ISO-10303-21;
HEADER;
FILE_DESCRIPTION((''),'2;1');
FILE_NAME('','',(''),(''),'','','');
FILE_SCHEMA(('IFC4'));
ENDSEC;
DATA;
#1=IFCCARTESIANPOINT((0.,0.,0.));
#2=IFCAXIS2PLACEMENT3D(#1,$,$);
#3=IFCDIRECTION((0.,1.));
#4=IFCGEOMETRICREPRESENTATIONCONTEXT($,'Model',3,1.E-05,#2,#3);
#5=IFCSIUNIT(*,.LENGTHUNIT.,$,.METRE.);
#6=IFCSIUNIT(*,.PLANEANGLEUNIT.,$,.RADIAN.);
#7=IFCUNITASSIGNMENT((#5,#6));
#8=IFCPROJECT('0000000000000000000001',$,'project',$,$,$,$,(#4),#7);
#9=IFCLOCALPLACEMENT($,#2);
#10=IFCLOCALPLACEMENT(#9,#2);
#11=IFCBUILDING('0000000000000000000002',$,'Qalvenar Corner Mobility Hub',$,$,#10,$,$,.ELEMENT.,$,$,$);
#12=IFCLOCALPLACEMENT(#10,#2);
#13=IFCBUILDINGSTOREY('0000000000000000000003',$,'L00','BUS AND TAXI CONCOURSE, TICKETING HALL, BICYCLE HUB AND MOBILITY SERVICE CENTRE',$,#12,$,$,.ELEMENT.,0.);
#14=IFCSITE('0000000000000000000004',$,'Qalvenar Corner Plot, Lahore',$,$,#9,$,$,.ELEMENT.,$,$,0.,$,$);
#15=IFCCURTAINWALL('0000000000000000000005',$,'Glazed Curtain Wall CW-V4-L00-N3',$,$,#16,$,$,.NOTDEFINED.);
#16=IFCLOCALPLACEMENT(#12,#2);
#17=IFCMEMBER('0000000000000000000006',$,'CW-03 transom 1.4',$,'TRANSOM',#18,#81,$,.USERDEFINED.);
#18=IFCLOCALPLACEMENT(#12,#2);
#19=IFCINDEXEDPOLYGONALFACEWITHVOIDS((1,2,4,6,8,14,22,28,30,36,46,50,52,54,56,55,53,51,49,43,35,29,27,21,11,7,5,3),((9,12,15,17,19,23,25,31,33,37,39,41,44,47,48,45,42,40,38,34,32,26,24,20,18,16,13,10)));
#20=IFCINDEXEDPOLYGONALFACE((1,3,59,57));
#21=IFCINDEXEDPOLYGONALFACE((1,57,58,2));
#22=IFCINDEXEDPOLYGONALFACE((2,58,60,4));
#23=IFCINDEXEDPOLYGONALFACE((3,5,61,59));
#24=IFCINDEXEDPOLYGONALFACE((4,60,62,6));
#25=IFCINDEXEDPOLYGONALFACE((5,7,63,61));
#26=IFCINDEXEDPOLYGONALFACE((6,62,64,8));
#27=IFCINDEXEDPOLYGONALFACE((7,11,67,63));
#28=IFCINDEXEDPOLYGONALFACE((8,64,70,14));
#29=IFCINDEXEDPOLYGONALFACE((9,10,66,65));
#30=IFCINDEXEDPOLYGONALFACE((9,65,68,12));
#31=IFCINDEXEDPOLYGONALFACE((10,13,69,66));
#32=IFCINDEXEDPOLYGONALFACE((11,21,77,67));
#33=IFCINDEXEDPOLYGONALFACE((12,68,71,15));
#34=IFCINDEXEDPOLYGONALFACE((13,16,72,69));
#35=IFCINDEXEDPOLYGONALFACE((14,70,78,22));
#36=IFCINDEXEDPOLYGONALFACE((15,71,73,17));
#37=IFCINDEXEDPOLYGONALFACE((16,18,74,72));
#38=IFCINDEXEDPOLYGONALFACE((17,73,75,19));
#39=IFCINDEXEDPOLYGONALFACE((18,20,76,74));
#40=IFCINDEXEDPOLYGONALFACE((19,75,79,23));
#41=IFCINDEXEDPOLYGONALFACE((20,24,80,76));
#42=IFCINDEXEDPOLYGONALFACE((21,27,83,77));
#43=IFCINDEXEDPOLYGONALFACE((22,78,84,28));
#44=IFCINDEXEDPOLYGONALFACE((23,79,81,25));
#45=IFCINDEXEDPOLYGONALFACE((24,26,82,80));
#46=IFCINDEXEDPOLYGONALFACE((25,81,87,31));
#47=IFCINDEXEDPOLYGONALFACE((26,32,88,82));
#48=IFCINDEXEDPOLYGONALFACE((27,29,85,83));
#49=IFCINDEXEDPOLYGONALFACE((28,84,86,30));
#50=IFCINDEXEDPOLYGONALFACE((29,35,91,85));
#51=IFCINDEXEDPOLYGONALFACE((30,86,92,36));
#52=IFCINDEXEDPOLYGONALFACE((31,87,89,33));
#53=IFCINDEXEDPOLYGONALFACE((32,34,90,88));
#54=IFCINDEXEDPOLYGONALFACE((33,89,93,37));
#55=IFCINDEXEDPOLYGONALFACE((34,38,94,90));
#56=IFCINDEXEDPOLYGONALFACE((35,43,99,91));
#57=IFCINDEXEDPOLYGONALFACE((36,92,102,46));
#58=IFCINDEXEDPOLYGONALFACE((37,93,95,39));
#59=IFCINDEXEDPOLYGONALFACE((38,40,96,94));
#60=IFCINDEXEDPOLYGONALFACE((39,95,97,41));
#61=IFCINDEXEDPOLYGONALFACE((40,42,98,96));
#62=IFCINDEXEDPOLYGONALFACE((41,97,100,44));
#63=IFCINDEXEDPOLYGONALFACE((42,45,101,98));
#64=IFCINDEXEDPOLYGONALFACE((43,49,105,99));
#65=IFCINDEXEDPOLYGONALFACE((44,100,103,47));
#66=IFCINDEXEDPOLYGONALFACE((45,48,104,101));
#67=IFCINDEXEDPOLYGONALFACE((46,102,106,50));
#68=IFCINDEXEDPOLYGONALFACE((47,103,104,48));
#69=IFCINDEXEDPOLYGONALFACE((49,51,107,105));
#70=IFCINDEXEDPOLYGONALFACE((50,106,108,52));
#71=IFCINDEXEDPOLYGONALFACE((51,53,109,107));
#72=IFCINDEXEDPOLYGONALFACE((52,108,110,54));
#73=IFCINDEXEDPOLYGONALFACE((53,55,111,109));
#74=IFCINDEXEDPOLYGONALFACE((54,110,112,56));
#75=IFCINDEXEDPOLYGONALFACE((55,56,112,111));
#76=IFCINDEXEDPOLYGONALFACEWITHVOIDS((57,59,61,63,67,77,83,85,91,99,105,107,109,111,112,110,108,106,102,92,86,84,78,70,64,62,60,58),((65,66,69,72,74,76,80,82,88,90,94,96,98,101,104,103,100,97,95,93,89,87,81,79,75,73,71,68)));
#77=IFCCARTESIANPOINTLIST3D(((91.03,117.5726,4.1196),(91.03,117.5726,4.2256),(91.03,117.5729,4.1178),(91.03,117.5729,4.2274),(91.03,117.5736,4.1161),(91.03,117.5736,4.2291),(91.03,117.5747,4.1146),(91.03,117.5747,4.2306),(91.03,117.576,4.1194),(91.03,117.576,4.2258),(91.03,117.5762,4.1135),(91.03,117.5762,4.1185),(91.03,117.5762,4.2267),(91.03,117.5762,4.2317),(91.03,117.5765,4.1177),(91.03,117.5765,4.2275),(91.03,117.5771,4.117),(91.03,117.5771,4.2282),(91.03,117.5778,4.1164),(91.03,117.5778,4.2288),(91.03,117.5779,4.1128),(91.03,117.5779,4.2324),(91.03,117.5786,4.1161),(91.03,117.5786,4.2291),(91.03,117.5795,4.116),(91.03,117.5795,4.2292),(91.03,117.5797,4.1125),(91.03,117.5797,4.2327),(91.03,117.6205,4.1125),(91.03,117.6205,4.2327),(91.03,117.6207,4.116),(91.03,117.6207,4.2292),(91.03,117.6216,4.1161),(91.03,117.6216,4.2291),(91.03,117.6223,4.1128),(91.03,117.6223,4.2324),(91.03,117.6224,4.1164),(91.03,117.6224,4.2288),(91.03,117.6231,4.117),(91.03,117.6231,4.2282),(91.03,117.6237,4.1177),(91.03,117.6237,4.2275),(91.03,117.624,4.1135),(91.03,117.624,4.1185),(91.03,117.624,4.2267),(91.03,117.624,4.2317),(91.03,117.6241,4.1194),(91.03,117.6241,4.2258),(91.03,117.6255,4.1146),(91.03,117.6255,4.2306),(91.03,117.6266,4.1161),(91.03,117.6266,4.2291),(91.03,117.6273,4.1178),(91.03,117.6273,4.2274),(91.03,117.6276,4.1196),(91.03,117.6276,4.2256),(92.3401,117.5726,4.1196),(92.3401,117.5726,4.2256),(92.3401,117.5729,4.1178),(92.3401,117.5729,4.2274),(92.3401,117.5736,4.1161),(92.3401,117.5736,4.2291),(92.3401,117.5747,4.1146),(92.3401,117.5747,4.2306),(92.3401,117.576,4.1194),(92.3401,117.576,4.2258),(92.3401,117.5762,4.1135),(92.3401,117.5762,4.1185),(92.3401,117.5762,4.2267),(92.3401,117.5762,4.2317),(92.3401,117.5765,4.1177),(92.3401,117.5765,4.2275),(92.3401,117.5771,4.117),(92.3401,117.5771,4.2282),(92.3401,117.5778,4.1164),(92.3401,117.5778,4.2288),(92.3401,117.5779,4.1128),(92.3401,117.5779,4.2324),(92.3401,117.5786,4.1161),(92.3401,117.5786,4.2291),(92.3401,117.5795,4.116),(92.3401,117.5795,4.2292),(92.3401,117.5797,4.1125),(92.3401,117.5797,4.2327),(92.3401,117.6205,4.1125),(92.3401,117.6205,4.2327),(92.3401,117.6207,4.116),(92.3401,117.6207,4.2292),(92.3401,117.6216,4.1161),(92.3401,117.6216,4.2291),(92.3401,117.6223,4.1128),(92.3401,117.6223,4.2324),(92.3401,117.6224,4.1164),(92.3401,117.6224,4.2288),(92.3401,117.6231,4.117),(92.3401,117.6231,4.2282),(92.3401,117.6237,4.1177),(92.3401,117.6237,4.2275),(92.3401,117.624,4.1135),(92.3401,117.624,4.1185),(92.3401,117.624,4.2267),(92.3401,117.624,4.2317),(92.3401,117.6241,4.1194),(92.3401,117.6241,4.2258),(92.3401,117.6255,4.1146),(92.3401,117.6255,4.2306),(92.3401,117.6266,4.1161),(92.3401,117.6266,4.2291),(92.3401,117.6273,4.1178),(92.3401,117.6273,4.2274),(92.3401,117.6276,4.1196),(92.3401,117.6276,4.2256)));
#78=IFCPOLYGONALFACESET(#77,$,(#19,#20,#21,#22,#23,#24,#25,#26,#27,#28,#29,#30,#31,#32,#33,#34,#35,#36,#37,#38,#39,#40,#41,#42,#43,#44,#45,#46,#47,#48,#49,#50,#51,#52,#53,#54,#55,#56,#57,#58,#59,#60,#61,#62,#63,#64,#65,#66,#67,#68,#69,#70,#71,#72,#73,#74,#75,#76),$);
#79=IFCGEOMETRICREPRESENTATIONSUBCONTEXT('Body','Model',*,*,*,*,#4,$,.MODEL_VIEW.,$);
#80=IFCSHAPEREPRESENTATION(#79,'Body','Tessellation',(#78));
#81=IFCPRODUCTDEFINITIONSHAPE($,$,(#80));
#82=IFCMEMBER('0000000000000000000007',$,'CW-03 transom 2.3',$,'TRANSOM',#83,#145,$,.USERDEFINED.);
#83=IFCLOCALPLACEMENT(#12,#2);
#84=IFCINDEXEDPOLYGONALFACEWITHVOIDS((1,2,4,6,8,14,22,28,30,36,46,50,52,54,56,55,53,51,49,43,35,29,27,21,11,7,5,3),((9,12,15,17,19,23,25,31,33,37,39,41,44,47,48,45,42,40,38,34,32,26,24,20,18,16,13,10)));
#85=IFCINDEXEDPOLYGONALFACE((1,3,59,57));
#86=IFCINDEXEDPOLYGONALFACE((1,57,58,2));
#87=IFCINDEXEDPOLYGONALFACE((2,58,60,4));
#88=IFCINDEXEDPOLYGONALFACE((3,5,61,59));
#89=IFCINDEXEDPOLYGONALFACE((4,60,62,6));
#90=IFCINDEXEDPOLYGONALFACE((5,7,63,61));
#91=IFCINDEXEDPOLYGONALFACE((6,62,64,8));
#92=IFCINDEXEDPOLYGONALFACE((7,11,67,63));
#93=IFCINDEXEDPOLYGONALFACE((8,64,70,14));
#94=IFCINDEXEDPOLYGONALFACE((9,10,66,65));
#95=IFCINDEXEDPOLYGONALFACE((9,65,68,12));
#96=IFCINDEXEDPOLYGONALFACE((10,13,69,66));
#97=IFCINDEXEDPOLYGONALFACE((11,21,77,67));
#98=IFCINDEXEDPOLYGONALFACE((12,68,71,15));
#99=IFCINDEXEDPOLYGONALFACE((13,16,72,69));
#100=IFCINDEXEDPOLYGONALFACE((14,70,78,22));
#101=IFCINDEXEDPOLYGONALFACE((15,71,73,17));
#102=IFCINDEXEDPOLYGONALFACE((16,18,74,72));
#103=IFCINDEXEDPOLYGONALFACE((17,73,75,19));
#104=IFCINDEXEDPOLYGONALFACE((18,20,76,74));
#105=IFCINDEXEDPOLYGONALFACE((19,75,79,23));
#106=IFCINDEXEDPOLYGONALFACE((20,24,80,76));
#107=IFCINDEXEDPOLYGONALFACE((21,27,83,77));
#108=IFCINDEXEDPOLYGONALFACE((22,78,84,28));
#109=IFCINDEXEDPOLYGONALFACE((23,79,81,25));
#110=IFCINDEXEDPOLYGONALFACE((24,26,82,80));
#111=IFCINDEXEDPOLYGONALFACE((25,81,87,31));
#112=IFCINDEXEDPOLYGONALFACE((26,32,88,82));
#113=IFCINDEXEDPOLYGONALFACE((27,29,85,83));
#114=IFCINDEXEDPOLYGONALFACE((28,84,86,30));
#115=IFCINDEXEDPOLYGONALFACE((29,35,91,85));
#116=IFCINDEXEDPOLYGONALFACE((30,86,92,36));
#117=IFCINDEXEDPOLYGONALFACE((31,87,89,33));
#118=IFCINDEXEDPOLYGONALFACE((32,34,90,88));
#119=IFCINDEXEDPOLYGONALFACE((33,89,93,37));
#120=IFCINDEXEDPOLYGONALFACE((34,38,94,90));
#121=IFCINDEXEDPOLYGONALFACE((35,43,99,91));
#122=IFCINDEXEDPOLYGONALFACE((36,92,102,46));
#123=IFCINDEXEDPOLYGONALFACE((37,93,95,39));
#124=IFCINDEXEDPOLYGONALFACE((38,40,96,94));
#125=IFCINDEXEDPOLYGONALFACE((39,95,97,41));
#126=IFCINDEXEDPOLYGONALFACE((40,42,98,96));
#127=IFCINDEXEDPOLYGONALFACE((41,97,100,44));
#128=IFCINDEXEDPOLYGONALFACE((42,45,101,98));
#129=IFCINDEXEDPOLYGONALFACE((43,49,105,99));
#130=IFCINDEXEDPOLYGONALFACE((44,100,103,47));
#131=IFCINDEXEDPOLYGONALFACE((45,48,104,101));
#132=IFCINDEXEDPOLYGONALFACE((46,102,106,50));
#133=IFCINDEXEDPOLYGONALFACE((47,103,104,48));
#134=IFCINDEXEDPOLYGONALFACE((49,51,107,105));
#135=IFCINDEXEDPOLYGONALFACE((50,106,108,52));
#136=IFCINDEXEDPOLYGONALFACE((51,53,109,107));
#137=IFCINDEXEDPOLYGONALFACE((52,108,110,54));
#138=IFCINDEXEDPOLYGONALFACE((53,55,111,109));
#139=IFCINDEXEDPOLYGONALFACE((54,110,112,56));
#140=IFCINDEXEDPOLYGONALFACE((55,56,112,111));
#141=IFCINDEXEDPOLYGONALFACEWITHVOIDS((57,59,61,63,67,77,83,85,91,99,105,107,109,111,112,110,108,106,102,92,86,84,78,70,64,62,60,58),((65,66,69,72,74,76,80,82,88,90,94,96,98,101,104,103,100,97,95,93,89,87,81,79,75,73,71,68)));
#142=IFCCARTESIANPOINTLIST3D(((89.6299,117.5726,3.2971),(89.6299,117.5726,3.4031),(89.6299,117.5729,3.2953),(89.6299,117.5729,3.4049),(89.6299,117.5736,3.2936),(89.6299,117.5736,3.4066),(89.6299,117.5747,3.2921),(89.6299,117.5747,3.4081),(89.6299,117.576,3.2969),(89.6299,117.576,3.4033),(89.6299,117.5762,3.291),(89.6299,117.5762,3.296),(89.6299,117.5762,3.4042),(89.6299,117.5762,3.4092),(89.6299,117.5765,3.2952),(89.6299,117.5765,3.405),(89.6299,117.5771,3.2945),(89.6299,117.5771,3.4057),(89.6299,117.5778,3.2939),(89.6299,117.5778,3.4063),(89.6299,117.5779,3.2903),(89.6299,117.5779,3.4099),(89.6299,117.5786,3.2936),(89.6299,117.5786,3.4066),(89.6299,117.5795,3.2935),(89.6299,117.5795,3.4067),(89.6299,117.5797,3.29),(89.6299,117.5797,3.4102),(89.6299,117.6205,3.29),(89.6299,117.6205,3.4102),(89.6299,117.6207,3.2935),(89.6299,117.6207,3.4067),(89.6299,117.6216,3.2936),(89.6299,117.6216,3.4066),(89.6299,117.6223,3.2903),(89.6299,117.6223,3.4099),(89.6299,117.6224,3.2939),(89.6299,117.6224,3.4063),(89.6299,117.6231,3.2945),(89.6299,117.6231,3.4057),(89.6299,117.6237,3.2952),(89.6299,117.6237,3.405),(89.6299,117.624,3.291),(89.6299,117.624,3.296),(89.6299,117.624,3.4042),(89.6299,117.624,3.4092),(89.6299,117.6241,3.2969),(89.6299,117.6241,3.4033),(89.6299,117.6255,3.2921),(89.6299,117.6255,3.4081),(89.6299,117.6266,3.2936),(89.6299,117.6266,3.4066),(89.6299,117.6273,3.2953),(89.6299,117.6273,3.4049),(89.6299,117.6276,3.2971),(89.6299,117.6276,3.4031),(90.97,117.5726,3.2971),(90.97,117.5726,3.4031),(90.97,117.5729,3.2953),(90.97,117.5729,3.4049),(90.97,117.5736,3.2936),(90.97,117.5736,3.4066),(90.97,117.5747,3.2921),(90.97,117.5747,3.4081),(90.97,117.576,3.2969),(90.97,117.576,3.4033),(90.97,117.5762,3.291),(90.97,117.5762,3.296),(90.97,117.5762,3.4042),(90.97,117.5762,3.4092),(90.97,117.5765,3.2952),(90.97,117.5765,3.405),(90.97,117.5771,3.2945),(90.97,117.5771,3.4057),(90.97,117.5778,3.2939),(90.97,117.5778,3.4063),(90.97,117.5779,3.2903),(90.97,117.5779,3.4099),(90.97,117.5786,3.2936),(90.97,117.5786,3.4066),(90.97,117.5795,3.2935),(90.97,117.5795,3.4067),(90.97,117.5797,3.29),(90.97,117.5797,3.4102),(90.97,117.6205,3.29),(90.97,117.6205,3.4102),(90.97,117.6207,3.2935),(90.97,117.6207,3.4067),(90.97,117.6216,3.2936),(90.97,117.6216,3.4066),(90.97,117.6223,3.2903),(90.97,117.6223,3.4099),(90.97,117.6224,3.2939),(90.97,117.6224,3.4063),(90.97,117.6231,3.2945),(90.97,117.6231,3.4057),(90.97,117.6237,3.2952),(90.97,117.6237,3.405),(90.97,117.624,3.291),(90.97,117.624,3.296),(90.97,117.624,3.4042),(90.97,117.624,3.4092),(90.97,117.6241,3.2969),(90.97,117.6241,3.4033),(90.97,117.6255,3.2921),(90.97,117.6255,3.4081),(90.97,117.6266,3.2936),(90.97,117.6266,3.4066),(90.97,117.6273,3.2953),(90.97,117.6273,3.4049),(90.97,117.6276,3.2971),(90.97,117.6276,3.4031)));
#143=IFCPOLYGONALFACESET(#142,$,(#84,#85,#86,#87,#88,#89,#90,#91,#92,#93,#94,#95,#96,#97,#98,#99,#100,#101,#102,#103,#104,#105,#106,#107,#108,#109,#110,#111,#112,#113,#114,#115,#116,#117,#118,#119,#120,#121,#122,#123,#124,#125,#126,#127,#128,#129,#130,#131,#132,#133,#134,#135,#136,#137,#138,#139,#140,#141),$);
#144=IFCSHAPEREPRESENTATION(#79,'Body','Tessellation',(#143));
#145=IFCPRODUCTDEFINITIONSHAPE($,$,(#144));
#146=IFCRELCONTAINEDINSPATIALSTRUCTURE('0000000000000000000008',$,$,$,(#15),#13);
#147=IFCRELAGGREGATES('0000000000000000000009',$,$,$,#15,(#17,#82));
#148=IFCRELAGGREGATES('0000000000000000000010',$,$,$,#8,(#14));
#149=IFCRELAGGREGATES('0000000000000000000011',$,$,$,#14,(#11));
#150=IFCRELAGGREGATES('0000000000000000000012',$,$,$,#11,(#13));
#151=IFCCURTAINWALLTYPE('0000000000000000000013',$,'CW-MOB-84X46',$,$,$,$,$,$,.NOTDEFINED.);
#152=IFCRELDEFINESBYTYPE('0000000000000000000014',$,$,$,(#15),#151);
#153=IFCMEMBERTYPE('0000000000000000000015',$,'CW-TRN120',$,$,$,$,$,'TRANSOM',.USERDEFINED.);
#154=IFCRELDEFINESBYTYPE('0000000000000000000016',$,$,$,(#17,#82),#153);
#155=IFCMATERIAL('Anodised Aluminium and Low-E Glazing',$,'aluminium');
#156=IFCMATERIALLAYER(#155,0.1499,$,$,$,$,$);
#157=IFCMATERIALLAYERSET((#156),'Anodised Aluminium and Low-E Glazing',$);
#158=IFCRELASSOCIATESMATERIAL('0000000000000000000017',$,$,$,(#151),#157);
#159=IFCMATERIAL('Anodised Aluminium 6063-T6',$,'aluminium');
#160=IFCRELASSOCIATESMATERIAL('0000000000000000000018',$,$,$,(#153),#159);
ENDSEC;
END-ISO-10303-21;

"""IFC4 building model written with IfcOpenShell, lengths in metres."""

from ifc_helpers import new_model, si_unit, direction, frame, origin, origin_2d, place, context, subcontext, project, spatial, hollow_rectangle, extrude, material, layer, layer_set, material_profile, profile_set, type_object, element, aggregate, save


model = new_model("IFC4")

# Units and contexts
model_context = context("Model", 3, precision=1e-05, world=origin(), true_north=direction((0.0, 1.0)))
body_context = subcontext(model_context, "Body", "Model", "MODEL_VIEW")
ifc_project = project(units=[si_unit("LENGTHUNIT", "METRE"), si_unit("PLANEANGLEUNIT", "RADIAN")], contexts=[model_context])

# Site, building, storey
site_placement = place(None, origin())
site = spatial("IfcSite", under=ifc_project, at=site_placement, Name="Qalvenar Corner Plot, Lahore", CompositionType="ELEMENT", RefElevation=0.0)
building_placement = place(site_placement, origin())
building = spatial("IfcBuilding", under=site, at=building_placement, Name="Qalvenar Corner Mobility Hub", CompositionType="ELEMENT")
storey_placement = place(building_placement, origin())
storey = spatial("IfcBuildingStorey", under=building, at=storey_placement, Name="L00", Description="BUS AND TAXI CONCOURSE, TICKETING HALL, BICYCLE HUB AND MOBILITY SERVICE CENTRE", CompositionType="ELEMENT", Elevation=0.0)

# Curtain wall
ifc_material_1 = material(Name="Anodised Aluminium and Low-E Glazing", Category="aluminium")
ifc_layer_1 = layer(ifc_material_1, 0.1499)
ifc_layer_set_1 = layer_set([ifc_layer_1], Name="Anodised Aluminium and Low-E Glazing")
curtain_wall_type = type_object("IfcCurtainWallType", Name="CW-MOB-84X46", PredefinedType="NOTDEFINED", material=ifc_layer_set_1)
curtain_wall_1_placement = place(storey_placement, origin())
curtain_wall_1 = element("IfcCurtainWall", 1, at=curtain_wall_1_placement, inside=storey, type_object=curtain_wall_type, Name="Glazed Curtain Wall CW-V4-L00-N3", PredefinedType="NOTDEFINED")
ifc_material_2 = material(Name="Anodised Aluminium 6063-T6", Category="aluminium")

# Members
ifc_material_profile_1 = material_profile(ifc_material_2, hollow_rectangle(XDim=0.0549, YDim=0.1201, WallThickness=0.0034, InnerFilletRadius=0.0034, OuterFilletRadius=0.0071, at=origin_2d()), Name="RHS120x55x3.5")
ifc_profile_set_1 = profile_set([ifc_material_profile_1], Name="Anodised Aluminium 6063-T6")
member_type_1 = type_object("IfcMemberType", Name="CW-TRN120", ElementType="TRANSOM", PredefinedType="USERDEFINED", material=ifc_profile_set_1)
member_1_placement = place(storey_placement, frame((92.3401, 117.6001, 4.1726), z_axis=(-1.0, 0.0, 0.0), x_axis=(0.0, -1.0, 0.0)))
member_1 = element("IfcMember", 2, at=member_1_placement, type_object=member_type_1, Name="CW-03 transom 1.4", ObjectType="TRANSOM", PredefinedType="USERDEFINED", context=body_context, shape_type="SweptSolid", body=[
    extrude(hollow_rectangle(XDim=0.0549, YDim=0.1201, WallThickness=0.0034, InnerFilletRadius=0.0034, OuterFilletRadius=0.0071, at=origin_2d()), origin(), (0.0, 0.0, 1.0), 1.3101),
])
member_2_placement = place(storey_placement, frame((90.97, 117.6001, 3.3501), z_axis=(-1.0, 0.0, 0.0), x_axis=(0.0, -1.0, 0.0)))
member_2 = element("IfcMember", 3, at=member_2_placement, type_object=member_type_1, Name="CW-03 transom 2.3", ObjectType="TRANSOM", PredefinedType="USERDEFINED", context=body_context, shape_type="SweptSolid", body=[
    extrude(hollow_rectangle(XDim=0.0549, YDim=0.1201, WallThickness=0.0034, InnerFilletRadius=0.0034, OuterFilletRadius=0.0071, at=origin_2d()), origin(), (0.0, 0.0, 1.0), 1.3401),
])

aggregate(curtain_wall_1, [member_1, member_2])

save(model, "model.ifc")
